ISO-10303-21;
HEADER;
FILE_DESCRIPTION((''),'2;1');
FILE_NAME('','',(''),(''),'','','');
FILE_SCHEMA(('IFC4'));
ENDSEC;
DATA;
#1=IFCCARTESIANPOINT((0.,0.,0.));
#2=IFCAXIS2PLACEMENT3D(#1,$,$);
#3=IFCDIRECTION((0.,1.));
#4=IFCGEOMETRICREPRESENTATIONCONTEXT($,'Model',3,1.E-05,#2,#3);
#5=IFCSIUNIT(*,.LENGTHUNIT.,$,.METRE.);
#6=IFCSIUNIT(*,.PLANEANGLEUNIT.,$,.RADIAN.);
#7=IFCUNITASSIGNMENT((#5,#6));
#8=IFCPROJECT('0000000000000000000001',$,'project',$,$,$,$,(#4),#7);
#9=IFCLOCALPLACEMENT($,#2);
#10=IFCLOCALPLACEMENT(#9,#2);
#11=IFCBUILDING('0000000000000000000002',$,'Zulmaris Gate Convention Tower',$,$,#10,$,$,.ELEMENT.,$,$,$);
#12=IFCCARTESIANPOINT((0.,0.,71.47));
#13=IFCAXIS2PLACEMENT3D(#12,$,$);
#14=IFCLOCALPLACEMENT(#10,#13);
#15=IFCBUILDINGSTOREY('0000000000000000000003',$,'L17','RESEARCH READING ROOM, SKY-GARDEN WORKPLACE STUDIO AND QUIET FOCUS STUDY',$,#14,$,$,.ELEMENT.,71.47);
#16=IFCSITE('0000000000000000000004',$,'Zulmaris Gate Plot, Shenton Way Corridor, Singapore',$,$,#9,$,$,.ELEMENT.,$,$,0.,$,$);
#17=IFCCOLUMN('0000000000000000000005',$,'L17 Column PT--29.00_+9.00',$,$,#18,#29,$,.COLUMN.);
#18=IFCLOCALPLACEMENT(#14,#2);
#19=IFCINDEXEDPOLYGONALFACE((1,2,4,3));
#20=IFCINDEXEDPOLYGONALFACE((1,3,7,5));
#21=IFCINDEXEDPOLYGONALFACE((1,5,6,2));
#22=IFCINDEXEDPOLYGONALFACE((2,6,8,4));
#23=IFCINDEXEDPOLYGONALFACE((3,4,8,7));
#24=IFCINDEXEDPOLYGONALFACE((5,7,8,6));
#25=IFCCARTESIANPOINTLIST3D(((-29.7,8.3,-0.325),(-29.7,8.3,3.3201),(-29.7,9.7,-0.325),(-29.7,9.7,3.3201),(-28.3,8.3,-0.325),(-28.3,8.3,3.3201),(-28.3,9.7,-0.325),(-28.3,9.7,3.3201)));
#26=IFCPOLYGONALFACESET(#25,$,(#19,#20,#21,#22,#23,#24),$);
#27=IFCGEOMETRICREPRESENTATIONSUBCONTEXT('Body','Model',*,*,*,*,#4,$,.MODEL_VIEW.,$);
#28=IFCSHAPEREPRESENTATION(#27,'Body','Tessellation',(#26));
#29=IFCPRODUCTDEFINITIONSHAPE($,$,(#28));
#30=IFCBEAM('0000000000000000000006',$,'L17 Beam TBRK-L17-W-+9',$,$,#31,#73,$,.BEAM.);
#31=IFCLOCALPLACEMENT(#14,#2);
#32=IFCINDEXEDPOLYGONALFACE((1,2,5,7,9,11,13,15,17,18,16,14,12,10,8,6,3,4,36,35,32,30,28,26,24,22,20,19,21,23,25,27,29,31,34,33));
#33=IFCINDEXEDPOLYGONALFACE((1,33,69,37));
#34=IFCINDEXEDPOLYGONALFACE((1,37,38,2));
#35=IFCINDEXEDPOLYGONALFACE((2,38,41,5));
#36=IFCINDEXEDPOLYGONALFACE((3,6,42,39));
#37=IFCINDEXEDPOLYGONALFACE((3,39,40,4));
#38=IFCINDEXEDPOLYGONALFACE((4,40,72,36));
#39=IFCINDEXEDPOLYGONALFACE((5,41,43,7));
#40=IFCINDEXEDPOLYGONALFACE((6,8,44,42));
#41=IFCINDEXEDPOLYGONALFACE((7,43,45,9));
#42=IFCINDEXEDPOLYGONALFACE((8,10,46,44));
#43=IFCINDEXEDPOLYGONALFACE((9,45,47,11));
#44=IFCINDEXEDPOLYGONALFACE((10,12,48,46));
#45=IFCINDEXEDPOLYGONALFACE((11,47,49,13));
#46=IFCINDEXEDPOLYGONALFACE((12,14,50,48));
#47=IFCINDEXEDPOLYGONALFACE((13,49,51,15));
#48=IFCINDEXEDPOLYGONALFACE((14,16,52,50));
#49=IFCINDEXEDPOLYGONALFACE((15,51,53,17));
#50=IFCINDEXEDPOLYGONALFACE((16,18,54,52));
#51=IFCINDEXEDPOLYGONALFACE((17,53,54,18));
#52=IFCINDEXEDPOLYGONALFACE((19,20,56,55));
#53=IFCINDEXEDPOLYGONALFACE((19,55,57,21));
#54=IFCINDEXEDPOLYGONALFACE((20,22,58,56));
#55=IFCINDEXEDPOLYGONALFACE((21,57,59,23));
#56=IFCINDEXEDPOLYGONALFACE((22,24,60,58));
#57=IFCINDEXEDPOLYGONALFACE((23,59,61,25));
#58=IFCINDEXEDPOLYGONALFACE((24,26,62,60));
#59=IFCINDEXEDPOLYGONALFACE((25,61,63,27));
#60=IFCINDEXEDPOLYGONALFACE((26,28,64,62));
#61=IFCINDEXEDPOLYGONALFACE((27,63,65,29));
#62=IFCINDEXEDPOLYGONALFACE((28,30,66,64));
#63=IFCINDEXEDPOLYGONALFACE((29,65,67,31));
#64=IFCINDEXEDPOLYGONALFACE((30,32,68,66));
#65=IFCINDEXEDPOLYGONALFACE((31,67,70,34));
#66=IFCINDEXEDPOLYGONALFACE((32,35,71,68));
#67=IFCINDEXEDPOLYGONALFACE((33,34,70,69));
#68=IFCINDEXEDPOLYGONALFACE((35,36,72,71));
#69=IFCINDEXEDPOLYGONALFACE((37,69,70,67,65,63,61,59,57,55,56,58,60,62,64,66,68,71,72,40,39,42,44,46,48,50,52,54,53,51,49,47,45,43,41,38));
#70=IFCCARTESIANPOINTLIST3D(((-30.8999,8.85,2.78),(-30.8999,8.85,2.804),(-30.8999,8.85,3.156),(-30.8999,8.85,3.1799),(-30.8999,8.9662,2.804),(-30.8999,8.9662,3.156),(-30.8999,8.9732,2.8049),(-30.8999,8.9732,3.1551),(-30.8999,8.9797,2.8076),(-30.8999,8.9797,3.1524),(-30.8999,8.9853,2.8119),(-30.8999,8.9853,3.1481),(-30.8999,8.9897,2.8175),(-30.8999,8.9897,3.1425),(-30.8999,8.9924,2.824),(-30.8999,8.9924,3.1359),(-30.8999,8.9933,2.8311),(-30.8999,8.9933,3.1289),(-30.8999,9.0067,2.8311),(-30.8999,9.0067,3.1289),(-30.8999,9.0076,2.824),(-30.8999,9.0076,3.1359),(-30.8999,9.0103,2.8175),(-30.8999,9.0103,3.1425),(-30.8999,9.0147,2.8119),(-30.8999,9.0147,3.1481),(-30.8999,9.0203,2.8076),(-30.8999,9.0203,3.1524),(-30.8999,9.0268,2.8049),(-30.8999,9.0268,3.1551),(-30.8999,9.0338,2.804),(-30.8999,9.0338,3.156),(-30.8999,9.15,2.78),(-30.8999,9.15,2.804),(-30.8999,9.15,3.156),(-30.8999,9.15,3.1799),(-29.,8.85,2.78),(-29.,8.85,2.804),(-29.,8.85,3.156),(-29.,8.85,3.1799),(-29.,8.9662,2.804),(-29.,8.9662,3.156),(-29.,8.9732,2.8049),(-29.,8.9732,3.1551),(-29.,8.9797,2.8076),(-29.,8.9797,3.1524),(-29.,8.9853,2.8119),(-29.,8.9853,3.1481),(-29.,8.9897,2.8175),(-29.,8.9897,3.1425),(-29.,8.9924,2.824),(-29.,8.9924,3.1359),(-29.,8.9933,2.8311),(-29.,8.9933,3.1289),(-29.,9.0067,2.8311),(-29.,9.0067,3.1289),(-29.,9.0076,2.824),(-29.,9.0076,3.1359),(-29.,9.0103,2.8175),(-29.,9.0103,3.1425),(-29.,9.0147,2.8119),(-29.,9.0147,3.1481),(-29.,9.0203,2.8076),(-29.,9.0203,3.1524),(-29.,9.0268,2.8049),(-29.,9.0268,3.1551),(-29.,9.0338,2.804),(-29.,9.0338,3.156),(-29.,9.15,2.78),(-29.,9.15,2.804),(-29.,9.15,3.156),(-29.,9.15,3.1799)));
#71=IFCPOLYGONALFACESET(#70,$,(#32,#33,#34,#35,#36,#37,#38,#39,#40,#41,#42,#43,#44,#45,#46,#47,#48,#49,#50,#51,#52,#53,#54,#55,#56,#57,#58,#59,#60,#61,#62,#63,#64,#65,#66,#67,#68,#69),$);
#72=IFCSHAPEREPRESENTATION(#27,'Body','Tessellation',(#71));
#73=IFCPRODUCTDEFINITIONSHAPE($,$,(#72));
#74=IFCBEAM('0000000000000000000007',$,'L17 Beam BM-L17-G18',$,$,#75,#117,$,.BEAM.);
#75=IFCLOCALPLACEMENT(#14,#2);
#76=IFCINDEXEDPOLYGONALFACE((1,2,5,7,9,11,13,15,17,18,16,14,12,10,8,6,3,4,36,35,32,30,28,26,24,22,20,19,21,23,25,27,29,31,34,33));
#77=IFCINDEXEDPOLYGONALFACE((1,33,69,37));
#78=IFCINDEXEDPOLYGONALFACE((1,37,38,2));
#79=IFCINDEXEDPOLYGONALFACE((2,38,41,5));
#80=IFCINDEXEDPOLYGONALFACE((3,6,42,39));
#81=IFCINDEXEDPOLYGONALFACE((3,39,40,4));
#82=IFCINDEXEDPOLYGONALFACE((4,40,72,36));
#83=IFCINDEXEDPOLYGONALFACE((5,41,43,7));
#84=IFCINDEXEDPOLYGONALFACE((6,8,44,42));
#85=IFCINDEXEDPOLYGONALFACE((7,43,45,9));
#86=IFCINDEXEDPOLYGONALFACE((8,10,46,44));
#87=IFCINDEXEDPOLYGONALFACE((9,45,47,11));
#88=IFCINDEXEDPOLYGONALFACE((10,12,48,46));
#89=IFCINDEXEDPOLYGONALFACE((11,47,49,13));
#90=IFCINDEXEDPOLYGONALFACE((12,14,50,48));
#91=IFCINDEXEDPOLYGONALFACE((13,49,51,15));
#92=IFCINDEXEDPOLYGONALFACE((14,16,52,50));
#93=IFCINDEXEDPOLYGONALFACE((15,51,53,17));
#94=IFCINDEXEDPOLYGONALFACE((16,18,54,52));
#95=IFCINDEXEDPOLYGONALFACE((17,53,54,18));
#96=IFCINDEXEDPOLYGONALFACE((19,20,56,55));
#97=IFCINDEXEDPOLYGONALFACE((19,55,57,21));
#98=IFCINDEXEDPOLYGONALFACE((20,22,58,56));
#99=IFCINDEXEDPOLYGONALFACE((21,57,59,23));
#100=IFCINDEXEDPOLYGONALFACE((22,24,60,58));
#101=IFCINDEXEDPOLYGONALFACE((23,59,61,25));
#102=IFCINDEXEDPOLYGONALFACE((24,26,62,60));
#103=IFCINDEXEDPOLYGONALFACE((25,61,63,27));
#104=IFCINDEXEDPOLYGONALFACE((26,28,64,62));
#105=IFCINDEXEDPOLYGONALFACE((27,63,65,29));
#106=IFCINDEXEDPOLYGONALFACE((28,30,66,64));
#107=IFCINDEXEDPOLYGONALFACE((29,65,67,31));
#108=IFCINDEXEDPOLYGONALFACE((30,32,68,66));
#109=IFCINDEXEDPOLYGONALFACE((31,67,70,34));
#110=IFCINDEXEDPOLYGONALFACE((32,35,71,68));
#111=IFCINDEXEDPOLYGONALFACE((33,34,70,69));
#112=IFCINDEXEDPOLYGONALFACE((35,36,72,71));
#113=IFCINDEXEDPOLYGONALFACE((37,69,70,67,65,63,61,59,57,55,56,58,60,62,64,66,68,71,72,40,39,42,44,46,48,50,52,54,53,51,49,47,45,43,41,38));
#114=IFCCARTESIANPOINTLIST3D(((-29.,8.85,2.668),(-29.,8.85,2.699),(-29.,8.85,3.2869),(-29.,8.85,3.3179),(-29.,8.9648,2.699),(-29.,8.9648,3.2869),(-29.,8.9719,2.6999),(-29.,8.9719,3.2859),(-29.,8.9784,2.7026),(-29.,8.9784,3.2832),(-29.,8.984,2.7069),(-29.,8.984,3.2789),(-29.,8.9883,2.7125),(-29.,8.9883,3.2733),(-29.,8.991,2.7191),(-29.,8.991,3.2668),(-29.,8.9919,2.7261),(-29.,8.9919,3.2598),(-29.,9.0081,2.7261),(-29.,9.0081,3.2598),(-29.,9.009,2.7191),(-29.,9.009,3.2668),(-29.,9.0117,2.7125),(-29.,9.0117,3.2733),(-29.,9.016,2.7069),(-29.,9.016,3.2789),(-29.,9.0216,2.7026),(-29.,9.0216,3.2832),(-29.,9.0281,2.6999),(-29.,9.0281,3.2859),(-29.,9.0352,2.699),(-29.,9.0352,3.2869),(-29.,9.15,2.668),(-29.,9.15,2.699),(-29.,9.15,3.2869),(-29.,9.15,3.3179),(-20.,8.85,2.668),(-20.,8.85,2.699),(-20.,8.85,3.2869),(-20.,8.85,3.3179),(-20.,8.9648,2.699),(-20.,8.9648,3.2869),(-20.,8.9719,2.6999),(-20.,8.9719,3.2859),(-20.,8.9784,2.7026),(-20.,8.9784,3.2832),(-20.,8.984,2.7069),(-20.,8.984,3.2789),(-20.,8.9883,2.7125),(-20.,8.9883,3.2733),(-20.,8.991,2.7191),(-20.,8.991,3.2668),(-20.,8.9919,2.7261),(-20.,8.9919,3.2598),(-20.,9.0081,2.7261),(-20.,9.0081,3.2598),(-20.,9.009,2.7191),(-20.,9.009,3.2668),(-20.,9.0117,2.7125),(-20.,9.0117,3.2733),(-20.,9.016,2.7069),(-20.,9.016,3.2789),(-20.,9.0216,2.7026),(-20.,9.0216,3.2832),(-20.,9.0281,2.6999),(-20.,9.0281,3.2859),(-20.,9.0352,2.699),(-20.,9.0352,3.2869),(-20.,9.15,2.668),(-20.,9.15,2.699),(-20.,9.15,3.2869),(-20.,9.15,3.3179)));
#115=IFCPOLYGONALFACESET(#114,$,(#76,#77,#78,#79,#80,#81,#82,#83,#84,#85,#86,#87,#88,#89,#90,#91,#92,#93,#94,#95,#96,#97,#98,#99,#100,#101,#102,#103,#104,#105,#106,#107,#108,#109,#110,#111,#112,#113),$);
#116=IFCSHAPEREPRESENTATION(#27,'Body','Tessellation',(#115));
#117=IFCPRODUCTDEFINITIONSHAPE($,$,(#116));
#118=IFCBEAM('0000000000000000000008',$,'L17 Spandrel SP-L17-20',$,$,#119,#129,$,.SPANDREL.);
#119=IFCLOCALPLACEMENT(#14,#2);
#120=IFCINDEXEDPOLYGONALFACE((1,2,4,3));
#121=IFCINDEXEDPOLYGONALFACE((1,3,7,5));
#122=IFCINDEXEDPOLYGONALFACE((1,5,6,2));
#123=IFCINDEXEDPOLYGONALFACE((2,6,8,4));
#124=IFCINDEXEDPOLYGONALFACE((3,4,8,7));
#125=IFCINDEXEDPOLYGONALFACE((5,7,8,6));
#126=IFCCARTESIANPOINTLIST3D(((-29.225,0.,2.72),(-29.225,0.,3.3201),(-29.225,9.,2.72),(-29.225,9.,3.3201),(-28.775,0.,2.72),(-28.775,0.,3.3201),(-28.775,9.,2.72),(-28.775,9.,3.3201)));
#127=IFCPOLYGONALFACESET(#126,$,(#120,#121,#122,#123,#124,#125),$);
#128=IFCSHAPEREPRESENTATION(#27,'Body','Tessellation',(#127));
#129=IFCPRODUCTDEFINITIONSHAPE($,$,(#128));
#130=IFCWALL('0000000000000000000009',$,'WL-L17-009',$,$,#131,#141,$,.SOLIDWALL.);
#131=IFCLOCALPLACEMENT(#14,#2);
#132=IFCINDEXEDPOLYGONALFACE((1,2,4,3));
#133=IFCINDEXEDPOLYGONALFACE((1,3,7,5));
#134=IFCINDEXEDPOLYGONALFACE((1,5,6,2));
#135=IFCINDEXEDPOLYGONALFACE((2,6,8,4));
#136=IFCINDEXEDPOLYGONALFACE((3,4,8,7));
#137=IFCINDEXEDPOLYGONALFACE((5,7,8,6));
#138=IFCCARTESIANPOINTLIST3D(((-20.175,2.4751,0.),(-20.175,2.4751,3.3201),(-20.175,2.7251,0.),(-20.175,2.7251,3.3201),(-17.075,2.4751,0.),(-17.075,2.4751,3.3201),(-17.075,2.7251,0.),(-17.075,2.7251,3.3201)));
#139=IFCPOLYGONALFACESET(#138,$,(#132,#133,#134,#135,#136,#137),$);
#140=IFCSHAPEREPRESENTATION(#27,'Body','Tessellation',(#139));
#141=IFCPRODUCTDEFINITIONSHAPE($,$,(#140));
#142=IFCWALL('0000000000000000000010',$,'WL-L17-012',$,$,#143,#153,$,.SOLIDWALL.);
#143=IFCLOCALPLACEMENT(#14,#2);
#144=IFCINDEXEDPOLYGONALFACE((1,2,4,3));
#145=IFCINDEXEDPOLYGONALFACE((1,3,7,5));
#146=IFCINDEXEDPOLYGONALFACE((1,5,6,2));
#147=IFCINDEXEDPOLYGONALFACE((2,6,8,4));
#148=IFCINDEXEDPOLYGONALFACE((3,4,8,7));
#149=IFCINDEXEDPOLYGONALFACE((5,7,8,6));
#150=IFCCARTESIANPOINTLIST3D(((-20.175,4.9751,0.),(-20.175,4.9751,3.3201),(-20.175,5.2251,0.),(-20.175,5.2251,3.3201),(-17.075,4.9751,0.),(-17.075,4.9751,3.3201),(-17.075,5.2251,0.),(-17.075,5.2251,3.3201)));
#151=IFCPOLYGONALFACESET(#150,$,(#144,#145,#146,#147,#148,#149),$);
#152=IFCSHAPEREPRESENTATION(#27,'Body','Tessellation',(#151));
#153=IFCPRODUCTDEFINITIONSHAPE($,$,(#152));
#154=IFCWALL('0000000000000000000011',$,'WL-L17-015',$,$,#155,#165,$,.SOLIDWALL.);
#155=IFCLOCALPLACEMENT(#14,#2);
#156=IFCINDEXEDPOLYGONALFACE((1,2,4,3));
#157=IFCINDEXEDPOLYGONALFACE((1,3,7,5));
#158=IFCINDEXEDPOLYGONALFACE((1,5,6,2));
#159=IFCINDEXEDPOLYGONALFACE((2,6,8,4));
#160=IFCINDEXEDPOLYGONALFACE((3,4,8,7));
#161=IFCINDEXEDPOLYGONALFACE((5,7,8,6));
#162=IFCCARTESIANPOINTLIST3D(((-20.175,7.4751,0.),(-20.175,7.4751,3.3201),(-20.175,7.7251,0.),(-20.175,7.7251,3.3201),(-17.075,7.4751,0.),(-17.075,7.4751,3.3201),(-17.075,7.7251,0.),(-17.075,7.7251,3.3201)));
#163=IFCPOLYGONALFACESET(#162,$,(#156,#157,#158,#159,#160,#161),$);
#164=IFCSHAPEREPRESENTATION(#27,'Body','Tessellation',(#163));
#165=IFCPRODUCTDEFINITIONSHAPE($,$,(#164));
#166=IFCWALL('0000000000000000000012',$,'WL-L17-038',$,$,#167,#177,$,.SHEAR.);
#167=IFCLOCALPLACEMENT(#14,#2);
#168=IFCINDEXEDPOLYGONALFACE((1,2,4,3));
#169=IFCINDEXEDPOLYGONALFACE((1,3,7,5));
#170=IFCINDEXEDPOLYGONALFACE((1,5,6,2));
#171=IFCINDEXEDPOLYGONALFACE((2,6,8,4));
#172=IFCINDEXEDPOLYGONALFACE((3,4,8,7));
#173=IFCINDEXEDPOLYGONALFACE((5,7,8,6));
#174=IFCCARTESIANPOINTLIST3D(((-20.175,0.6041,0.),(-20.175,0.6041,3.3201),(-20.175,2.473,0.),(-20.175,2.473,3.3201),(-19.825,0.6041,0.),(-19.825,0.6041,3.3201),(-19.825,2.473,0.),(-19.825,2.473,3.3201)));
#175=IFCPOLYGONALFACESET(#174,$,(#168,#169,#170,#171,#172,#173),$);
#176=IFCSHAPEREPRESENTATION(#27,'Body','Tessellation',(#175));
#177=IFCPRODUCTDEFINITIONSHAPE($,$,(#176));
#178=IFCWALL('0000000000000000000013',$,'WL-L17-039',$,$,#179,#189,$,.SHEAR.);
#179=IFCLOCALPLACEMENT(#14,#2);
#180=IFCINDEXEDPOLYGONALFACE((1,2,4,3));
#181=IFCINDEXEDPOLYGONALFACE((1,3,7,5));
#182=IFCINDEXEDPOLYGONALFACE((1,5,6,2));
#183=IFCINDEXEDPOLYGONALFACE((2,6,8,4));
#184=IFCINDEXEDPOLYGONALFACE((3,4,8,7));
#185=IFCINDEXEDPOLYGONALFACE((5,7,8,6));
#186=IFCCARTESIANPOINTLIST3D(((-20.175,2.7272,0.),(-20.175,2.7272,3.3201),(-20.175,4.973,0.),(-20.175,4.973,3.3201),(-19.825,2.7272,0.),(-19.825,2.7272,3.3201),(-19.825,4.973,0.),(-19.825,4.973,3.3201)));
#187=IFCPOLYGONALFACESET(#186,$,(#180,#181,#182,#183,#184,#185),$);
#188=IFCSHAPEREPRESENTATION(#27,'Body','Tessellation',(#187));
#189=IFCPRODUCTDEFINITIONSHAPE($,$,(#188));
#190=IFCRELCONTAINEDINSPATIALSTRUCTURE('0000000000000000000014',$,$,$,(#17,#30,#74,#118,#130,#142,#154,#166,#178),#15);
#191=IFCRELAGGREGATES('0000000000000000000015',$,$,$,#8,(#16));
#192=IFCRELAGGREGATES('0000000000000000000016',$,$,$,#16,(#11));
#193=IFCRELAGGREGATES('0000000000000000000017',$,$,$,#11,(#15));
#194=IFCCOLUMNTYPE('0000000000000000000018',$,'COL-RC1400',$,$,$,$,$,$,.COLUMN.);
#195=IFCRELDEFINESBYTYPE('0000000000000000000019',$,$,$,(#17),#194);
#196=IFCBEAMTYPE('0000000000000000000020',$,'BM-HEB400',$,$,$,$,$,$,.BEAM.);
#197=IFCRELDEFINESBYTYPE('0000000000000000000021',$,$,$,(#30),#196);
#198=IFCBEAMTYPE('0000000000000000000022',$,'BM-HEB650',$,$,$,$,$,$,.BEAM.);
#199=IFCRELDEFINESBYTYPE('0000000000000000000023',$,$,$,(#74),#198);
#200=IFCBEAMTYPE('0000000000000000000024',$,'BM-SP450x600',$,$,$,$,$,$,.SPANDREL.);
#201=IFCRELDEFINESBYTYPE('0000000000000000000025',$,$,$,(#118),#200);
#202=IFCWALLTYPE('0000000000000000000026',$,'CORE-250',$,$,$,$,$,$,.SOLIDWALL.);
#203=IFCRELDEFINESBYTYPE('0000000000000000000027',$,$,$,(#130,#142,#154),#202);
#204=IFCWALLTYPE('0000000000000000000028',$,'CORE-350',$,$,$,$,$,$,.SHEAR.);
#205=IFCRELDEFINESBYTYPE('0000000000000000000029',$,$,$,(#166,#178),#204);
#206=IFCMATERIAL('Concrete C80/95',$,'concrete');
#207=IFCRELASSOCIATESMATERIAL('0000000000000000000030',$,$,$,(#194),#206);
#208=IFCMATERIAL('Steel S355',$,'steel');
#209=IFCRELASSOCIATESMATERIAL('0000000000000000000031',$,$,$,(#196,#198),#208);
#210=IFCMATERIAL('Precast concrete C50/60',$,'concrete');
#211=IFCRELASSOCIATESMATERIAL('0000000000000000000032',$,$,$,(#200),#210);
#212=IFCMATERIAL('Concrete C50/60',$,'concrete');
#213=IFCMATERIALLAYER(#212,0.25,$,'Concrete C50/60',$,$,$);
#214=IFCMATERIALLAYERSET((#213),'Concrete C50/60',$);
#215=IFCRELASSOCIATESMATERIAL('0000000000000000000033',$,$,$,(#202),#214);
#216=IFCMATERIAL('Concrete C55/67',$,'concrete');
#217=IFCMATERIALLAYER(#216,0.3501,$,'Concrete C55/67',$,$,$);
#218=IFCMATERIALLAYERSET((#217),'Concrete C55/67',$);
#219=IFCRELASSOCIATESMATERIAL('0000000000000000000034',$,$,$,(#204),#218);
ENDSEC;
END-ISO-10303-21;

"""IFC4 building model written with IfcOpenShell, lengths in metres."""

from ifc_helpers import new_model, si_unit, direction, frame, frame_2d, origin, origin_2d, place, context, subcontext, project, spatial, rectangle, i_section, extrude, material, layer, layer_set, material_profile, profile_set, type_object, element, save


model = new_model("IFC4")

# Units and contexts
model_context = context("Model", 3, precision=1e-05, world=origin(), true_north=direction((0.0, 1.0)))
body_context = subcontext(model_context, "Body", "Model", "MODEL_VIEW")
ifc_project = project(units=[si_unit("LENGTHUNIT", "METRE"), si_unit("PLANEANGLEUNIT", "RADIAN")], contexts=[model_context])

# Site, building, storey
site_placement = place(None, origin())
site = spatial("IfcSite", under=ifc_project, at=site_placement, Name="Zulmaris Gate Plot, Shenton Way Corridor, Singapore", CompositionType="ELEMENT", RefElevation=0.0)
building_placement = place(site_placement, origin())
building = spatial("IfcBuilding", under=site, at=building_placement, Name="Zulmaris Gate Convention Tower", CompositionType="ELEMENT")
storey_placement = place(building_placement, frame((0.0, 0.0, 71.47)))
storey = spatial("IfcBuildingStorey", under=building, at=storey_placement, Name="L17", Description="RESEARCH READING ROOM, SKY-GARDEN WORKPLACE STUDIO AND QUIET FOCUS STUDY", CompositionType="ELEMENT", Elevation=71.47)

# Column
ifc_material_1 = material(Name="Concrete C80/95", Category="concrete")
ifc_material_profile_1 = material_profile(ifc_material_1, rectangle(XDim=1.3999, YDim=1.3999, at=origin_2d()), Name="RC COL 1400x1400")
ifc_profile_set_1 = profile_set([ifc_material_profile_1], Name="Concrete C80/95")
column_type = type_object("IfcColumnType", Name="COL-RC1400", PredefinedType="COLUMN", material=ifc_profile_set_1)
column_placement = place(storey_placement, frame((-29.0, 9.0, -0.325), z_axis=(0.0, 0.0, 1.0), x_axis=(1.0, 0.0, 0.0)))
element("IfcColumn", 1, at=column_placement, inside=storey, type_object=column_type, Name="L17 Column PT--29.00_+9.00", PredefinedType="COLUMN", context=body_context, shape_type="SweptSolid", body=[
    extrude(rectangle(XDim=1.3999, YDim=1.3999, at=origin_2d()), origin(), (0.0, 0.0, 1.0), 3.645),
])

# Beams
ifc_material_2 = material(Name="Steel S355", Category="steel")
ifc_material_profile_2 = material_profile(ifc_material_2, i_section(OverallWidth=0.3, OverallDepth=0.3999, WebThickness=0.0134, FlangeThickness=0.0239, FilletRadius=0.0271, at=origin_2d()), Name="HEB 400")
ifc_profile_set_2 = profile_set([ifc_material_profile_2], Name="Steel S355")
beam_type_1 = type_object("IfcBeamType", Name="BM-HEB400", PredefinedType="BEAM", material=ifc_profile_set_2)
beam_1_placement = place(storey_placement, frame((-30.8999, 9.0, 2.98), z_axis=(1.0, 0.0, 0.0), x_axis=(0.0, 1.0, 0.0)))
element("IfcBeam", 2, at=beam_1_placement, inside=storey, type_object=beam_type_1, Name="L17 Beam TBRK-L17-W-+9", PredefinedType="BEAM", context=body_context, shape_type="SweptSolid", body=[
    extrude(i_section(OverallWidth=0.3, OverallDepth=0.3999, WebThickness=0.0134, FlangeThickness=0.0239, FilletRadius=0.0271, at=origin_2d()), origin(), (0.0, 0.0, 1.0), 1.8999),
])
ifc_material_profile_3 = material_profile(ifc_material_2, i_section(OverallWidth=0.3, OverallDepth=0.6499, WebThickness=0.0161, FlangeThickness=0.031, FilletRadius=0.0271, at=origin_2d()), Name="HEB 650")
ifc_profile_set_3 = profile_set([ifc_material_profile_3], Name="Steel S355")
beam_type_2 = type_object("IfcBeamType", Name="BM-HEB650", PredefinedType="BEAM", material=ifc_profile_set_3)
beam_2_placement = place(storey_placement, frame((-29.0, 9.0, 2.9929), z_axis=(1.0, 0.0, 0.0), x_axis=(0.0, 1.0, 0.0)))
element("IfcBeam", 3, at=beam_2_placement, inside=storey, type_object=beam_type_2, Name="L17 Beam BM-L17-G18", PredefinedType="BEAM", context=body_context, shape_type="SweptSolid", body=[
    extrude(i_section(OverallWidth=0.3, OverallDepth=0.6499, WebThickness=0.0161, FlangeThickness=0.031, FilletRadius=0.0271, at=origin_2d()), origin(), (0.0, 0.0, 1.0), 9.0),
])
ifc_material_3 = material(Name="Precast concrete C50/60", Category="concrete")
ifc_material_profile_4 = material_profile(ifc_material_3, rectangle(XDim=0.45, YDim=0.6001, at=origin_2d()), Name="RC SPANDREL 450x600")
ifc_profile_set_4 = profile_set([ifc_material_profile_4], Name="Precast concrete C50/60")
beam_type_3 = type_object("IfcBeamType", Name="BM-SP450x600", PredefinedType="SPANDREL", material=ifc_profile_set_4)
beam_3_placement = place(storey_placement, frame((-29.0, 9.0, 3.02), z_axis=(0.0, -1.0, 0.0), x_axis=(1.0, 0.0, 0.0)))
element("IfcBeam", 4, at=beam_3_placement, inside=storey, type_object=beam_type_3, Name="L17 Spandrel SP-L17-20", PredefinedType="SPANDREL", context=body_context, shape_type="SweptSolid", body=[
    extrude(rectangle(XDim=0.45, YDim=0.6001, at=origin_2d()), origin(), (0.0, 0.0, 1.0), 9.0),
])

# Walls
ifc_material_4 = material(Name="Concrete C50/60", Category="concrete")
ifc_layer_1 = layer(ifc_material_4, 0.25, Name="Concrete C50/60")
ifc_layer_set_1 = layer_set([ifc_layer_1], Name="Concrete C50/60")
wall_type_1 = type_object("IfcWallType", Name="CORE-250", PredefinedType="SOLIDWALL", material=ifc_layer_set_1)
for number, where, z_axis, x_axis, name in (
    (5, (-20.175, 2.6001, 0.0), (0.0, 0.0, 1.0), (1.0, 0.0, 0.0), "WL-L17-009"),
    (6, (-20.175, 5.1001, 0.0), (0.0, 0.0, 1.0), (1.0, 0.0, 0.0), "WL-L17-012"),
    (7, (-20.175, 7.6001, 0.0), (0.0, 0.0, 1.0), (1.0, 0.0, 0.0), "WL-L17-015"),
):
    element("IfcWall", number, at=place(storey_placement, frame(where, z_axis=z_axis, x_axis=x_axis)), inside=storey, type_object=wall_type_1, Name=name, PredefinedType="SOLIDWALL", context=body_context, shape_type="SweptSolid", body=[
        extrude(rectangle(XDim=3.1001, YDim=0.25, at=frame_2d((1.55, 0.0))), origin(), (0.0, 0.0, 1.0), 3.3201),
    ])
ifc_material_5 = material(Name="Concrete C55/67", Category="concrete")
ifc_layer_2 = layer(ifc_material_5, 0.3501, Name="Concrete C55/67")
ifc_layer_set_2 = layer_set([ifc_layer_2], Name="Concrete C55/67")
wall_type_2 = type_object("IfcWallType", Name="CORE-350", PredefinedType="SHEAR", material=ifc_layer_set_2)
wall_1_placement = place(storey_placement, frame((-20.0, 0.604, 0.0), z_axis=(0.0, 0.0, 1.0), x_axis=(0.0, 1.0, 0.0)))
element("IfcWall", 8, at=wall_1_placement, inside=storey, type_object=wall_type_2, Name="WL-L17-038", PredefinedType="SHEAR", context=body_context, shape_type="SweptSolid", body=[
    extrude(rectangle(XDim=1.8689, YDim=0.3501, at=frame_2d((0.9346, 0.0))), origin(), (0.0, 0.0, 1.0), 3.3201),
])
wall_2_placement = place(storey_placement, frame((-20.0, 2.7271, 0.0), z_axis=(0.0, 0.0, 1.0), x_axis=(0.0, 1.0, 0.0)))
element("IfcWall", 9, at=wall_2_placement, inside=storey, type_object=wall_type_2, Name="WL-L17-039", PredefinedType="SHEAR", context=body_context, shape_type="SweptSolid", body=[
    extrude(rectangle(XDim=2.2458, YDim=0.3501, at=frame_2d((1.123, 0.0))), origin(), (0.0, 0.0, 1.0), 3.3201),
])

save(model, "model.ifc")
